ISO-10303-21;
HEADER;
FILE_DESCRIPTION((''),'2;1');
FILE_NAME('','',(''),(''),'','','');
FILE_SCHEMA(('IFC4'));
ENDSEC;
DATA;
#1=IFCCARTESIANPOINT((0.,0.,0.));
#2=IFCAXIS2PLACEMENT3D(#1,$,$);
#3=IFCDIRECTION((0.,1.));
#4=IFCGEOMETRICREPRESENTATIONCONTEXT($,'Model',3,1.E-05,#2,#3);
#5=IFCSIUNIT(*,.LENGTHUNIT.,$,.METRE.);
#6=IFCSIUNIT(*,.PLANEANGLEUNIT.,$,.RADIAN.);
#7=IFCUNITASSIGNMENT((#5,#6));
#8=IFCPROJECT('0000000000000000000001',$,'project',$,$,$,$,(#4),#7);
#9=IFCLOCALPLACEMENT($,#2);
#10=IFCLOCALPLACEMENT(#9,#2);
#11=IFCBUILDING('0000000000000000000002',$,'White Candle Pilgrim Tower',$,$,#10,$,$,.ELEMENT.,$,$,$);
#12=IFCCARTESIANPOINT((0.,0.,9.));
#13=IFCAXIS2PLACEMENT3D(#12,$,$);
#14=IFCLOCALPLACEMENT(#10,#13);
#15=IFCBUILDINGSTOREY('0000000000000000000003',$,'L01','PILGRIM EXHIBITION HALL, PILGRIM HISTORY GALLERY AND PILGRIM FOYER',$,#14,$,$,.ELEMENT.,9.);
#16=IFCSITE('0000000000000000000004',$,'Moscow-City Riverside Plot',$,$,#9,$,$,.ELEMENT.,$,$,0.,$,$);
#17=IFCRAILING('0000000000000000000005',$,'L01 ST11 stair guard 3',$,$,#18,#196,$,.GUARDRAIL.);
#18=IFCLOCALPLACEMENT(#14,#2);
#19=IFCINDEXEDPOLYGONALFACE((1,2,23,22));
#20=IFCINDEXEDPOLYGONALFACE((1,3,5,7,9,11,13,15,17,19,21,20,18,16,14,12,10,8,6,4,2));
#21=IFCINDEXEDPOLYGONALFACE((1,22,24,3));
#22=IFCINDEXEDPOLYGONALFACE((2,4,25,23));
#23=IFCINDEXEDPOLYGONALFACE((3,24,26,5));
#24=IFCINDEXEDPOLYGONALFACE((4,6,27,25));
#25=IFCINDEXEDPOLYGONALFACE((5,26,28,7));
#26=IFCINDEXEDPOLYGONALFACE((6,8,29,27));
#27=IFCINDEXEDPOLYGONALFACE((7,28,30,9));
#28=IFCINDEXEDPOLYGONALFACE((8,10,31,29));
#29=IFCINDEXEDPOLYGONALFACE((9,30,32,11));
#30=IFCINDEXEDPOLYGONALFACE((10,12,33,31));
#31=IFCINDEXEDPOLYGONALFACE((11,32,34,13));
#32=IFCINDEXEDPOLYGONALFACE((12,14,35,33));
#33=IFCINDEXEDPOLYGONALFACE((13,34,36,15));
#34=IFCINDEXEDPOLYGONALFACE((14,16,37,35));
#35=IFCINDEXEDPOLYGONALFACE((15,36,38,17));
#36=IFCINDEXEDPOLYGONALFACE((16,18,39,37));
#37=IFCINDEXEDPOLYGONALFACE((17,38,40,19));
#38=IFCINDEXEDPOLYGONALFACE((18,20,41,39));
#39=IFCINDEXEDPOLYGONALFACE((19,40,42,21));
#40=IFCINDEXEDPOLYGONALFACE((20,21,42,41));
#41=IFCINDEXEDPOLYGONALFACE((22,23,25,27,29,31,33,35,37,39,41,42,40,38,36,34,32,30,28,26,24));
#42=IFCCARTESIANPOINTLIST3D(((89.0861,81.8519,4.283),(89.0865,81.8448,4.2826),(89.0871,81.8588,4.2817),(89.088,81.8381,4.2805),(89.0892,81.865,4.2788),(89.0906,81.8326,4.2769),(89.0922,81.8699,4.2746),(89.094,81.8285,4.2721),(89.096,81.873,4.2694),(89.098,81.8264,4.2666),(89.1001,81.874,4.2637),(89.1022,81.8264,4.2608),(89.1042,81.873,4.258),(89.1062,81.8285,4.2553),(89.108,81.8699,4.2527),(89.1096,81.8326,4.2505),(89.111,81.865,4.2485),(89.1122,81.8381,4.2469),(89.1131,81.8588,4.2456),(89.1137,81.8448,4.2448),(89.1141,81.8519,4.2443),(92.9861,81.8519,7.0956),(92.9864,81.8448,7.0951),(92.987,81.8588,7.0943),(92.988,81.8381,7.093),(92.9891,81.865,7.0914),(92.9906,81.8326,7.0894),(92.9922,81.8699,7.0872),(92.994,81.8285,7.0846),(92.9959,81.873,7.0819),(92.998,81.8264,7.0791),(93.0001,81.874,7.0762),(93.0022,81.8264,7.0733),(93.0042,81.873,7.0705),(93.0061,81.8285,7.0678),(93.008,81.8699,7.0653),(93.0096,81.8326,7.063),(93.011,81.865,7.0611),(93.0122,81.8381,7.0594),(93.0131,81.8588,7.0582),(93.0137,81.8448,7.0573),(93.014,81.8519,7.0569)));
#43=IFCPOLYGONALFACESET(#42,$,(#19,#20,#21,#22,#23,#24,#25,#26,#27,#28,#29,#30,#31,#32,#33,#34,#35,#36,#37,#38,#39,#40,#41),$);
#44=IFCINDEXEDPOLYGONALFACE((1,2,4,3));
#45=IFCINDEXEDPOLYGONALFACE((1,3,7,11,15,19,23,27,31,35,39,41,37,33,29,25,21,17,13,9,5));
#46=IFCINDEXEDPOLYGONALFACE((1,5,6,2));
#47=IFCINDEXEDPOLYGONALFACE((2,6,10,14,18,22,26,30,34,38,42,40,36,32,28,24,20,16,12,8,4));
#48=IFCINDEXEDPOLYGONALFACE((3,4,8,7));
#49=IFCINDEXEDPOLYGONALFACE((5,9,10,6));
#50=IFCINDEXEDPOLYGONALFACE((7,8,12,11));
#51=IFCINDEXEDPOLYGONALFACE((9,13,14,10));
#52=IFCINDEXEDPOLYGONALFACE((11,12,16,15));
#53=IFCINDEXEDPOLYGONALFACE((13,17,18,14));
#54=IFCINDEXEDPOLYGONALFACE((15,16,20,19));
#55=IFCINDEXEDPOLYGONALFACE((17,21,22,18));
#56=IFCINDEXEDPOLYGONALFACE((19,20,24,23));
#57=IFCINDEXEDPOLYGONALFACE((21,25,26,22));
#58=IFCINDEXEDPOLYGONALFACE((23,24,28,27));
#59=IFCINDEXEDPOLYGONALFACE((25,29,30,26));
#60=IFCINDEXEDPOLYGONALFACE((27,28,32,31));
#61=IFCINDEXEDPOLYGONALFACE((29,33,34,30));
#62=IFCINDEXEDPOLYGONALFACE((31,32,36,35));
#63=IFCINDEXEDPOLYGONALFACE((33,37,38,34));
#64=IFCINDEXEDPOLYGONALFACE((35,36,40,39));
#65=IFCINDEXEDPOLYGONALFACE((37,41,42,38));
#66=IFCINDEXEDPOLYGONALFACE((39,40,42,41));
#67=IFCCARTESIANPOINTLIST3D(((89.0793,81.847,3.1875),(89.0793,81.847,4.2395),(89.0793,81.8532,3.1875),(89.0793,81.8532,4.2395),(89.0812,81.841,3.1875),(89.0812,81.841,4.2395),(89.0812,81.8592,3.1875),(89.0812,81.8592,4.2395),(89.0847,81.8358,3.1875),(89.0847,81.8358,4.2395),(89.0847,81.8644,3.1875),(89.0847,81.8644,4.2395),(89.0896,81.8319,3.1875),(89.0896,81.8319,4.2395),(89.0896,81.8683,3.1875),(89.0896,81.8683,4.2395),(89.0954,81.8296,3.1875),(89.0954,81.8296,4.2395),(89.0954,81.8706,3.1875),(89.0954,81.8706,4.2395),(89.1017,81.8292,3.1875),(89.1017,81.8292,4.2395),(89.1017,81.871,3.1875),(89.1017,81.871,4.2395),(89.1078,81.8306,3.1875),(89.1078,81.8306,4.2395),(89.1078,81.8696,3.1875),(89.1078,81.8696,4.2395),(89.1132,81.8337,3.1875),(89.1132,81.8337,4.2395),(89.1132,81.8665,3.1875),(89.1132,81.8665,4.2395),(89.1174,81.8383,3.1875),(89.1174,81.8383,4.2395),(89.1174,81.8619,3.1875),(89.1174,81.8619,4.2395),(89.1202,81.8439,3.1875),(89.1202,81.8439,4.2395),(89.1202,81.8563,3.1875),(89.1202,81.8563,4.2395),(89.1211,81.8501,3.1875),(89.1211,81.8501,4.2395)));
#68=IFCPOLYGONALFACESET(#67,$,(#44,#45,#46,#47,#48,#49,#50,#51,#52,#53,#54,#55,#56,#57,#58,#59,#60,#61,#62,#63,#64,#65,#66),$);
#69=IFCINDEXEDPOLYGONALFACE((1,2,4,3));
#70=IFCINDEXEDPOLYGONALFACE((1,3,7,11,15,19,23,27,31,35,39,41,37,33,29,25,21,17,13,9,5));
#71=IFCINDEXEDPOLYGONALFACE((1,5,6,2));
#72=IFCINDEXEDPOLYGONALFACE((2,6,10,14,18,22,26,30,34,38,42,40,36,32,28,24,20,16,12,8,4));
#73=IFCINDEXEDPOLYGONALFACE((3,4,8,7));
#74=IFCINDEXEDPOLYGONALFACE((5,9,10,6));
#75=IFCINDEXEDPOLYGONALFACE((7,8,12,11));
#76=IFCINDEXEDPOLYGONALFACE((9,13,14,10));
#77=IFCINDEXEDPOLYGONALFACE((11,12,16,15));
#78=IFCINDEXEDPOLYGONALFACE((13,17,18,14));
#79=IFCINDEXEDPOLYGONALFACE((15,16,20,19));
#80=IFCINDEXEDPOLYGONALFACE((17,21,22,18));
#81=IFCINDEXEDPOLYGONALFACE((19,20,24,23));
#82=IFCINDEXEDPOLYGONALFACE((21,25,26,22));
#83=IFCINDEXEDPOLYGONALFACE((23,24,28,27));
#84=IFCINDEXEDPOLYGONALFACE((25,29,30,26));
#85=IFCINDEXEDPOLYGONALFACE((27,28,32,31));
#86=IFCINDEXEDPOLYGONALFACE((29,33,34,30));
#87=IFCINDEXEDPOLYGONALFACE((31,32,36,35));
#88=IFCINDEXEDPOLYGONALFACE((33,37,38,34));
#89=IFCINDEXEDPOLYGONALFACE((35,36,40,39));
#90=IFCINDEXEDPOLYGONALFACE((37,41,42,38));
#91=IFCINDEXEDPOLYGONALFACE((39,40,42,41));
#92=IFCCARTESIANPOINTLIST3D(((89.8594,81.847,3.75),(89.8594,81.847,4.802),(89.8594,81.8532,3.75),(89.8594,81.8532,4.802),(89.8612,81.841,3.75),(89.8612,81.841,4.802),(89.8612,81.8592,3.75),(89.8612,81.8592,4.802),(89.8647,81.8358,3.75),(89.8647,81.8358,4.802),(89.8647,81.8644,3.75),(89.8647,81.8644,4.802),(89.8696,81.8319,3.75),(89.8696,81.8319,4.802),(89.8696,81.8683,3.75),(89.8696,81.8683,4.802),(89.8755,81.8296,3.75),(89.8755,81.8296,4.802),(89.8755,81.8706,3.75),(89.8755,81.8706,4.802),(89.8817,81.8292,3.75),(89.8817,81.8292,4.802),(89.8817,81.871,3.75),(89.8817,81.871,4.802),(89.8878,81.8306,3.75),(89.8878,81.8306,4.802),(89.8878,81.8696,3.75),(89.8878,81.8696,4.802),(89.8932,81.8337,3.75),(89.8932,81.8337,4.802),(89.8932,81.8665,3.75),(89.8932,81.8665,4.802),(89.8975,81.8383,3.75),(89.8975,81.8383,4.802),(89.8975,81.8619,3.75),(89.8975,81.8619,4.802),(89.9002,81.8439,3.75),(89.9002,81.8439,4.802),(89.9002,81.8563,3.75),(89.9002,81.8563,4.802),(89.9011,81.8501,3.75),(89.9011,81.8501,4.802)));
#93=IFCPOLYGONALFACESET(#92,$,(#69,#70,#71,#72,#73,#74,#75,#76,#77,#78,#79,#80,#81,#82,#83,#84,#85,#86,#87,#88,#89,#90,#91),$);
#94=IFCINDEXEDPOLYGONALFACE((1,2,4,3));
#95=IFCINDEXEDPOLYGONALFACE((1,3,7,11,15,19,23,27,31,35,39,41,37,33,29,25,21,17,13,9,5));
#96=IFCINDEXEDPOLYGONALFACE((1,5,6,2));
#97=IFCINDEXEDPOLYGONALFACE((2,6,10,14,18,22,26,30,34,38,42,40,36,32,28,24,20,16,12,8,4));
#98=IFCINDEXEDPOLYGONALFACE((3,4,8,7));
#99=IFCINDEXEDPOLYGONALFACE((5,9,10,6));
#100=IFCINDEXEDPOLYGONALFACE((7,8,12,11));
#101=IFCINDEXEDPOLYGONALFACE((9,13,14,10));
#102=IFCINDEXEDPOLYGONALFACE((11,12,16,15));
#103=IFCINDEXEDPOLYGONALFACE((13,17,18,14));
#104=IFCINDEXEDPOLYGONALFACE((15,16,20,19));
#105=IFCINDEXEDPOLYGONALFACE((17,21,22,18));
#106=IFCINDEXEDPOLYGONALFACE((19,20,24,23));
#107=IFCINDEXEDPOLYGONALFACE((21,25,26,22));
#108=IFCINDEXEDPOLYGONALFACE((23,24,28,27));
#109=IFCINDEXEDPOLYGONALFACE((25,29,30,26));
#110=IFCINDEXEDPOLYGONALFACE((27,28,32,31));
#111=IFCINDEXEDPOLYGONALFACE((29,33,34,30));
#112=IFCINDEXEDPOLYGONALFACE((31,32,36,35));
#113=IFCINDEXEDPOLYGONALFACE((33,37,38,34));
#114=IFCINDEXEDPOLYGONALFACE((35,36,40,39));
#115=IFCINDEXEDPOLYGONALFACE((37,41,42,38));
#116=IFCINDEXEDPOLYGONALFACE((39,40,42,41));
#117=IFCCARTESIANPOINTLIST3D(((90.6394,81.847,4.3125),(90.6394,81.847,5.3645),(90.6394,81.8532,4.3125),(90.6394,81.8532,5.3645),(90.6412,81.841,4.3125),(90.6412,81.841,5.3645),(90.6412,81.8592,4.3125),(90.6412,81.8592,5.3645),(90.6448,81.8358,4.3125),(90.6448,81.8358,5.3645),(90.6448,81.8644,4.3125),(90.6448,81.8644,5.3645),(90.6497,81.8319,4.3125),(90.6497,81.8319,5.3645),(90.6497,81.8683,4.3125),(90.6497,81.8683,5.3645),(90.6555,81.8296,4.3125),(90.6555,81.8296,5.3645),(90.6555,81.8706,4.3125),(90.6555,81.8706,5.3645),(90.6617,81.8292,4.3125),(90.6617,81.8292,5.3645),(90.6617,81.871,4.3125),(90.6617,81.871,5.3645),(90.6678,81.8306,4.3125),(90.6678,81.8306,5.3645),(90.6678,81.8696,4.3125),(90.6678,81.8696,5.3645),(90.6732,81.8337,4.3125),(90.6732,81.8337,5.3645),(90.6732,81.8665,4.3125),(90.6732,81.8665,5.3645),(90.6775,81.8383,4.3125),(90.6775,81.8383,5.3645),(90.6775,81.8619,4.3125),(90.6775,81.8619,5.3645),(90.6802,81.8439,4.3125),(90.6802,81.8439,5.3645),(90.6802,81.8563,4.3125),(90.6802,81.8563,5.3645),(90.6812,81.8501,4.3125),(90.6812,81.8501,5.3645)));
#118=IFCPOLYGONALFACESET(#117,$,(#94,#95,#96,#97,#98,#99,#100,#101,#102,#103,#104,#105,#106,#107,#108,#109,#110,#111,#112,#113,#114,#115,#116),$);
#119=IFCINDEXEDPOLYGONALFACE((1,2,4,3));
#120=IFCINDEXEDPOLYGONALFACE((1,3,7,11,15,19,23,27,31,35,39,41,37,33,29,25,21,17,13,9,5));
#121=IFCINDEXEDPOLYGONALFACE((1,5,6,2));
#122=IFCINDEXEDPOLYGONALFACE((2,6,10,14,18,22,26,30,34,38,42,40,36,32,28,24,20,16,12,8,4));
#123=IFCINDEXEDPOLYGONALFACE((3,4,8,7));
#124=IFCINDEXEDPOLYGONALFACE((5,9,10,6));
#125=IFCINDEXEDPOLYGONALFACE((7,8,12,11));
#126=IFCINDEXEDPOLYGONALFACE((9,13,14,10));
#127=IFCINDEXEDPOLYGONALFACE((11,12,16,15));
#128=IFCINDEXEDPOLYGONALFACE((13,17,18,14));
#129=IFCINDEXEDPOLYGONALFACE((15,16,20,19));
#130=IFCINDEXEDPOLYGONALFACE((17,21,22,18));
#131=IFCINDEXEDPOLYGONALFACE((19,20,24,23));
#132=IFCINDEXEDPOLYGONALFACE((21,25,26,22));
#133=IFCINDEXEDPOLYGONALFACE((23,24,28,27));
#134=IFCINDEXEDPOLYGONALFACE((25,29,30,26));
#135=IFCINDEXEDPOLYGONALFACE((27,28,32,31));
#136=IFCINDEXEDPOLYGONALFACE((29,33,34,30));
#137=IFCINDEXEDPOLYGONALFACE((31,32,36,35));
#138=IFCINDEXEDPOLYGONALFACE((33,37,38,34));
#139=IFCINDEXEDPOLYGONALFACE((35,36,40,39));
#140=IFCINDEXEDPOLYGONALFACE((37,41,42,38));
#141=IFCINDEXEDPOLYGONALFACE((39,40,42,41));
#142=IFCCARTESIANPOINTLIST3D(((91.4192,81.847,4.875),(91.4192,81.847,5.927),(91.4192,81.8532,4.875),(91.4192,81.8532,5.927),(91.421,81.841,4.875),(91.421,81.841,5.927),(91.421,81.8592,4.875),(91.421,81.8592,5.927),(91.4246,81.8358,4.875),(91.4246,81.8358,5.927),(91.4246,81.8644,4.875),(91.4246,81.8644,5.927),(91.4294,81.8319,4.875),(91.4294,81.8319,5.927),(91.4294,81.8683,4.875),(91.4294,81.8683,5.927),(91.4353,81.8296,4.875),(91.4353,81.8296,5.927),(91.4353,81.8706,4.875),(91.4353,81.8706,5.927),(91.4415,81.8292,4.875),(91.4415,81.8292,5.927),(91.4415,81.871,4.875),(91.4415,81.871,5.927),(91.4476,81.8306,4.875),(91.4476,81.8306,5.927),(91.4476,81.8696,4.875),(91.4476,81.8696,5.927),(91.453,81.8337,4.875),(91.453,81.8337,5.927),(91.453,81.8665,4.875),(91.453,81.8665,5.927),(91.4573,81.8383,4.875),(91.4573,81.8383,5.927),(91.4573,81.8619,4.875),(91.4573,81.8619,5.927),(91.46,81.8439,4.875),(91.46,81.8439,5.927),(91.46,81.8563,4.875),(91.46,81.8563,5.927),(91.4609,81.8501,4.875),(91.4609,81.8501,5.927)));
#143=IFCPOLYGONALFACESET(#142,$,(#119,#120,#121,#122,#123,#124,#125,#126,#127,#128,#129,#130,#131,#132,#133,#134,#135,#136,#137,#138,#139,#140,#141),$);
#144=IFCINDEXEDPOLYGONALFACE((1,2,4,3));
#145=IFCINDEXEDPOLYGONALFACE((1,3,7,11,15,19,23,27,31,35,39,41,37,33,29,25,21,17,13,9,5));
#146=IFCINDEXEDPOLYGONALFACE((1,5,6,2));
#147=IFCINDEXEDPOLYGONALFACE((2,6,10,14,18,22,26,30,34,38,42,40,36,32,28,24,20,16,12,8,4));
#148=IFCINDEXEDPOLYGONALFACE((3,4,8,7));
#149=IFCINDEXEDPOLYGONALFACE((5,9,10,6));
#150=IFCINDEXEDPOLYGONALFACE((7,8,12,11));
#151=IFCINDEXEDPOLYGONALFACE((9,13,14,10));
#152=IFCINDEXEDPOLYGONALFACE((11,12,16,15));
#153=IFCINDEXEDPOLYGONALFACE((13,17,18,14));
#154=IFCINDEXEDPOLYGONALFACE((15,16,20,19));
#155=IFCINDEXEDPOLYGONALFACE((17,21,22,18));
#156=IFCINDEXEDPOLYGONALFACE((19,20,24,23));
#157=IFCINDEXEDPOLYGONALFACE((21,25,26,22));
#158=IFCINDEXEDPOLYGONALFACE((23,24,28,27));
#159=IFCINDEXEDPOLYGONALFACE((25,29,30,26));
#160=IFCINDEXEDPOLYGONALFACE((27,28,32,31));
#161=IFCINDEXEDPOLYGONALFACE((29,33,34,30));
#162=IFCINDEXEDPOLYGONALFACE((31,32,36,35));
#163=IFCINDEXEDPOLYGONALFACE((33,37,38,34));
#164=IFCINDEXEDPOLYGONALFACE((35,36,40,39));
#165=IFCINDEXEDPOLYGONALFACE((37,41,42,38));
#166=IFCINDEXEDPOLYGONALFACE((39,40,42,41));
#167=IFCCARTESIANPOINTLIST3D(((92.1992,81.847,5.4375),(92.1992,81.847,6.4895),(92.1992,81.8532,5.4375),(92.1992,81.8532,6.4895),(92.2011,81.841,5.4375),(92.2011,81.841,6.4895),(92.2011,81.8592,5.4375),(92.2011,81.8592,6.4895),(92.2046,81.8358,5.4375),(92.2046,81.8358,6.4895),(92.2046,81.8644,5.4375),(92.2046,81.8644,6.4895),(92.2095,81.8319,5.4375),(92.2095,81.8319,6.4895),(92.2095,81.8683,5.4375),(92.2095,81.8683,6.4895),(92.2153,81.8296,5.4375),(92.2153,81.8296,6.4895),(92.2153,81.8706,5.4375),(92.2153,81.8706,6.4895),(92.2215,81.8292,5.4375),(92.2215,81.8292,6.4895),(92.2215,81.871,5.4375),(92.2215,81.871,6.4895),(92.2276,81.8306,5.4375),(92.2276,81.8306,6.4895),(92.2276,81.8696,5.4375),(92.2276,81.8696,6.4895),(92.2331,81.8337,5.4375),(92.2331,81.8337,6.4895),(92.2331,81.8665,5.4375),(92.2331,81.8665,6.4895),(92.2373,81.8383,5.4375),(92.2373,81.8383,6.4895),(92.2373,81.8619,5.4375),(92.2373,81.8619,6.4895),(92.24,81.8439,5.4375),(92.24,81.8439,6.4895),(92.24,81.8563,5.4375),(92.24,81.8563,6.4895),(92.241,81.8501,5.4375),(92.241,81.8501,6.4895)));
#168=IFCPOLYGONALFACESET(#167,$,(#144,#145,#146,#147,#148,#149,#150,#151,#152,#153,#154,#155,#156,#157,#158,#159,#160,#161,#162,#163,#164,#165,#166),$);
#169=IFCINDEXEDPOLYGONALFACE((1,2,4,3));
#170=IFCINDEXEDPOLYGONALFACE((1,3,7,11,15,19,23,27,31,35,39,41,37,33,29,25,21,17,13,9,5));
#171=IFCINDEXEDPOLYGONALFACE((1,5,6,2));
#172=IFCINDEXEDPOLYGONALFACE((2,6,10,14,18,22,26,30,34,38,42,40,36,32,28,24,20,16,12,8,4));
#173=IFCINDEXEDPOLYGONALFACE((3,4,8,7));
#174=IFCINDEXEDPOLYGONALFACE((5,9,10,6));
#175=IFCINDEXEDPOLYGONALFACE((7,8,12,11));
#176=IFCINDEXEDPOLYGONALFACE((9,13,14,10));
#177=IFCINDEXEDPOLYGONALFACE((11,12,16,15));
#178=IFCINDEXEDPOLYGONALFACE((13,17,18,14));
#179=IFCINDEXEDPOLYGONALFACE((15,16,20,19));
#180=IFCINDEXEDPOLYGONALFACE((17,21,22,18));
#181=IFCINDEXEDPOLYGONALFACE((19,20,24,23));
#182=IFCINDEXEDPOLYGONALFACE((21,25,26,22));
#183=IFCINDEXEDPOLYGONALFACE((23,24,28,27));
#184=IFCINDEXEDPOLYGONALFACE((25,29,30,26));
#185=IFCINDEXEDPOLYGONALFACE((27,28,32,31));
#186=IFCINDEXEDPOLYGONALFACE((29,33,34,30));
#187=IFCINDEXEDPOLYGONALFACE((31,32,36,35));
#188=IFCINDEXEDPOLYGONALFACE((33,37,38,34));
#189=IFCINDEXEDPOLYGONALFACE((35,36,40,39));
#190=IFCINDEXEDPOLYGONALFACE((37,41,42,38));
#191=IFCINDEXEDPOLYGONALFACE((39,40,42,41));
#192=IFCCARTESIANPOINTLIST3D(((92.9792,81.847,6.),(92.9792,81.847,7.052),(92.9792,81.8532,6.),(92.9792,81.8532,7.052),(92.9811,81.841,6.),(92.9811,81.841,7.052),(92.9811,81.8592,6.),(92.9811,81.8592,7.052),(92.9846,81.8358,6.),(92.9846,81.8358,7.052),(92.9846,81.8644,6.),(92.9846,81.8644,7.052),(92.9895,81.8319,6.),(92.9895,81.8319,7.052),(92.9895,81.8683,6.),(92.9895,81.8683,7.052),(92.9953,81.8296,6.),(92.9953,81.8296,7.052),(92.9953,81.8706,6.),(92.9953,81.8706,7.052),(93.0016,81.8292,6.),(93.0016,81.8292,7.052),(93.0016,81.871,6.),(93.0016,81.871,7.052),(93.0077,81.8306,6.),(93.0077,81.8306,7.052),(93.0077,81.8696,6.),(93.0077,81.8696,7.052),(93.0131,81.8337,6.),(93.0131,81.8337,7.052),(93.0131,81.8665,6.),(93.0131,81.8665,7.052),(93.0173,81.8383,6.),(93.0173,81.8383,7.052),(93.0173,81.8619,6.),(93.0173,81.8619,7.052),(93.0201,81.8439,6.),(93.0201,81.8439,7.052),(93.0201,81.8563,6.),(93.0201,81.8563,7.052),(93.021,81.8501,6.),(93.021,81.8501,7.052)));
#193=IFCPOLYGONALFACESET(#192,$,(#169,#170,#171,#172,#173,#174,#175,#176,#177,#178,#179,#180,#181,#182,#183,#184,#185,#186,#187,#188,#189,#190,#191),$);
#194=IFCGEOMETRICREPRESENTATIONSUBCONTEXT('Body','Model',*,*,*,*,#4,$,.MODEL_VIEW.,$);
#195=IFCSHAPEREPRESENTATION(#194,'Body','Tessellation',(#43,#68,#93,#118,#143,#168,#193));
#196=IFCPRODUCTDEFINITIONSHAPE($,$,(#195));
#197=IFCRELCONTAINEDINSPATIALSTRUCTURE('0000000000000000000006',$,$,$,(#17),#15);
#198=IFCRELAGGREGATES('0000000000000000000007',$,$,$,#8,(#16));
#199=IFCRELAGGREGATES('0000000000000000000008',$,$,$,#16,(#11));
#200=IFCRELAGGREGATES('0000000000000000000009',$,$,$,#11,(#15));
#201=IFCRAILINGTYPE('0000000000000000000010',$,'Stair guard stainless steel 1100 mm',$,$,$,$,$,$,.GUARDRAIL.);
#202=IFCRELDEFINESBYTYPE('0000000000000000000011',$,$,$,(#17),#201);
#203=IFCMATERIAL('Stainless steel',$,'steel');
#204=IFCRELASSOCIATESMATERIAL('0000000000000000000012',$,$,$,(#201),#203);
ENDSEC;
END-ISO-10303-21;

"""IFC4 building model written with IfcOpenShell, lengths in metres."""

from ifc_helpers import new_model, si_unit, direction, frame, origin, origin_2d, place, context, subcontext, project, spatial, circle, extrude, material, type_object, element, save


model = new_model("IFC4")

# Units and contexts
model_context = context("Model", 3, precision=1e-05, world=origin(), true_north=direction((0.0, 1.0)))
body_context = subcontext(model_context, "Body", "Model", "MODEL_VIEW")
ifc_project = project(units=[si_unit("LENGTHUNIT", "METRE"), si_unit("PLANEANGLEUNIT", "RADIAN")], contexts=[model_context])

# Site, building, storey
site_placement = place(None, origin())
site = spatial("IfcSite", under=ifc_project, at=site_placement, Name="Moscow-City Riverside Plot", CompositionType="ELEMENT", RefElevation=0.0)
building_placement = place(site_placement, origin())
building = spatial("IfcBuilding", under=site, at=building_placement, Name="White Candle Pilgrim Tower", CompositionType="ELEMENT")
storey_placement = place(building_placement, frame((0.0, 0.0, 9.0)))
storey = spatial("IfcBuildingStorey", under=building, at=storey_placement, Name="L01", Description="PILGRIM EXHIBITION HALL, PILGRIM HISTORY GALLERY AND PILGRIM FOYER", CompositionType="ELEMENT", Elevation=9.0)

# Railing
ifc_material_1 = material(Name="Stainless steel", Category="steel")
railing_type_1 = type_object("IfcRailingType", Name="Stair guard stainless steel 1100 mm", PredefinedType="GUARDRAIL", material=ifc_material_1)
railing_1_placement = place(storey_placement, frame((89.1001, 81.8501, 3.1875)))
element("IfcRailing", 1, at=railing_1_placement, inside=storey, type_object=railing_type_1, Name="L01 ST11 stair guard 3", PredefinedType="GUARDRAIL", context=body_context, shape_type="SweptSolid", body=[
    extrude(circle(Radius=0.0239, at=origin_2d()), frame((0.0, 0.0, 1.0762), z_axis=(0.811083, 0.0, 0.584931), x_axis=(0.0, 1.0, 0.0)), (0.0, 0.0, 1.0), 4.8083),
    extrude(circle(Radius=0.021, at=origin_2d()), origin(), (0.0, 0.0, 1.0), 1.052),
    extrude(circle(Radius=0.021, at=origin_2d()), frame((0.78, 0.0, 0.5625)), (0.0, 0.0, 1.0), 1.052),
    extrude(circle(Radius=0.021, at=origin_2d()), frame((1.5601, 0.0, 1.125)), (0.0, 0.0, 1.0), 1.052),
    extrude(circle(Radius=0.021, at=origin_2d()), frame((2.3398, 0.0, 1.6875)), (0.0, 0.0, 1.0), 1.052),
    extrude(circle(Radius=0.021, at=origin_2d()), frame((3.1199, 0.0, 2.25)), (0.0, 0.0, 1.0), 1.052),
    extrude(circle(Radius=0.021, at=origin_2d()), frame((3.8999, 0.0, 2.8125)), (0.0, 0.0, 1.0), 1.052),
])

save(model, "model.ifc")
